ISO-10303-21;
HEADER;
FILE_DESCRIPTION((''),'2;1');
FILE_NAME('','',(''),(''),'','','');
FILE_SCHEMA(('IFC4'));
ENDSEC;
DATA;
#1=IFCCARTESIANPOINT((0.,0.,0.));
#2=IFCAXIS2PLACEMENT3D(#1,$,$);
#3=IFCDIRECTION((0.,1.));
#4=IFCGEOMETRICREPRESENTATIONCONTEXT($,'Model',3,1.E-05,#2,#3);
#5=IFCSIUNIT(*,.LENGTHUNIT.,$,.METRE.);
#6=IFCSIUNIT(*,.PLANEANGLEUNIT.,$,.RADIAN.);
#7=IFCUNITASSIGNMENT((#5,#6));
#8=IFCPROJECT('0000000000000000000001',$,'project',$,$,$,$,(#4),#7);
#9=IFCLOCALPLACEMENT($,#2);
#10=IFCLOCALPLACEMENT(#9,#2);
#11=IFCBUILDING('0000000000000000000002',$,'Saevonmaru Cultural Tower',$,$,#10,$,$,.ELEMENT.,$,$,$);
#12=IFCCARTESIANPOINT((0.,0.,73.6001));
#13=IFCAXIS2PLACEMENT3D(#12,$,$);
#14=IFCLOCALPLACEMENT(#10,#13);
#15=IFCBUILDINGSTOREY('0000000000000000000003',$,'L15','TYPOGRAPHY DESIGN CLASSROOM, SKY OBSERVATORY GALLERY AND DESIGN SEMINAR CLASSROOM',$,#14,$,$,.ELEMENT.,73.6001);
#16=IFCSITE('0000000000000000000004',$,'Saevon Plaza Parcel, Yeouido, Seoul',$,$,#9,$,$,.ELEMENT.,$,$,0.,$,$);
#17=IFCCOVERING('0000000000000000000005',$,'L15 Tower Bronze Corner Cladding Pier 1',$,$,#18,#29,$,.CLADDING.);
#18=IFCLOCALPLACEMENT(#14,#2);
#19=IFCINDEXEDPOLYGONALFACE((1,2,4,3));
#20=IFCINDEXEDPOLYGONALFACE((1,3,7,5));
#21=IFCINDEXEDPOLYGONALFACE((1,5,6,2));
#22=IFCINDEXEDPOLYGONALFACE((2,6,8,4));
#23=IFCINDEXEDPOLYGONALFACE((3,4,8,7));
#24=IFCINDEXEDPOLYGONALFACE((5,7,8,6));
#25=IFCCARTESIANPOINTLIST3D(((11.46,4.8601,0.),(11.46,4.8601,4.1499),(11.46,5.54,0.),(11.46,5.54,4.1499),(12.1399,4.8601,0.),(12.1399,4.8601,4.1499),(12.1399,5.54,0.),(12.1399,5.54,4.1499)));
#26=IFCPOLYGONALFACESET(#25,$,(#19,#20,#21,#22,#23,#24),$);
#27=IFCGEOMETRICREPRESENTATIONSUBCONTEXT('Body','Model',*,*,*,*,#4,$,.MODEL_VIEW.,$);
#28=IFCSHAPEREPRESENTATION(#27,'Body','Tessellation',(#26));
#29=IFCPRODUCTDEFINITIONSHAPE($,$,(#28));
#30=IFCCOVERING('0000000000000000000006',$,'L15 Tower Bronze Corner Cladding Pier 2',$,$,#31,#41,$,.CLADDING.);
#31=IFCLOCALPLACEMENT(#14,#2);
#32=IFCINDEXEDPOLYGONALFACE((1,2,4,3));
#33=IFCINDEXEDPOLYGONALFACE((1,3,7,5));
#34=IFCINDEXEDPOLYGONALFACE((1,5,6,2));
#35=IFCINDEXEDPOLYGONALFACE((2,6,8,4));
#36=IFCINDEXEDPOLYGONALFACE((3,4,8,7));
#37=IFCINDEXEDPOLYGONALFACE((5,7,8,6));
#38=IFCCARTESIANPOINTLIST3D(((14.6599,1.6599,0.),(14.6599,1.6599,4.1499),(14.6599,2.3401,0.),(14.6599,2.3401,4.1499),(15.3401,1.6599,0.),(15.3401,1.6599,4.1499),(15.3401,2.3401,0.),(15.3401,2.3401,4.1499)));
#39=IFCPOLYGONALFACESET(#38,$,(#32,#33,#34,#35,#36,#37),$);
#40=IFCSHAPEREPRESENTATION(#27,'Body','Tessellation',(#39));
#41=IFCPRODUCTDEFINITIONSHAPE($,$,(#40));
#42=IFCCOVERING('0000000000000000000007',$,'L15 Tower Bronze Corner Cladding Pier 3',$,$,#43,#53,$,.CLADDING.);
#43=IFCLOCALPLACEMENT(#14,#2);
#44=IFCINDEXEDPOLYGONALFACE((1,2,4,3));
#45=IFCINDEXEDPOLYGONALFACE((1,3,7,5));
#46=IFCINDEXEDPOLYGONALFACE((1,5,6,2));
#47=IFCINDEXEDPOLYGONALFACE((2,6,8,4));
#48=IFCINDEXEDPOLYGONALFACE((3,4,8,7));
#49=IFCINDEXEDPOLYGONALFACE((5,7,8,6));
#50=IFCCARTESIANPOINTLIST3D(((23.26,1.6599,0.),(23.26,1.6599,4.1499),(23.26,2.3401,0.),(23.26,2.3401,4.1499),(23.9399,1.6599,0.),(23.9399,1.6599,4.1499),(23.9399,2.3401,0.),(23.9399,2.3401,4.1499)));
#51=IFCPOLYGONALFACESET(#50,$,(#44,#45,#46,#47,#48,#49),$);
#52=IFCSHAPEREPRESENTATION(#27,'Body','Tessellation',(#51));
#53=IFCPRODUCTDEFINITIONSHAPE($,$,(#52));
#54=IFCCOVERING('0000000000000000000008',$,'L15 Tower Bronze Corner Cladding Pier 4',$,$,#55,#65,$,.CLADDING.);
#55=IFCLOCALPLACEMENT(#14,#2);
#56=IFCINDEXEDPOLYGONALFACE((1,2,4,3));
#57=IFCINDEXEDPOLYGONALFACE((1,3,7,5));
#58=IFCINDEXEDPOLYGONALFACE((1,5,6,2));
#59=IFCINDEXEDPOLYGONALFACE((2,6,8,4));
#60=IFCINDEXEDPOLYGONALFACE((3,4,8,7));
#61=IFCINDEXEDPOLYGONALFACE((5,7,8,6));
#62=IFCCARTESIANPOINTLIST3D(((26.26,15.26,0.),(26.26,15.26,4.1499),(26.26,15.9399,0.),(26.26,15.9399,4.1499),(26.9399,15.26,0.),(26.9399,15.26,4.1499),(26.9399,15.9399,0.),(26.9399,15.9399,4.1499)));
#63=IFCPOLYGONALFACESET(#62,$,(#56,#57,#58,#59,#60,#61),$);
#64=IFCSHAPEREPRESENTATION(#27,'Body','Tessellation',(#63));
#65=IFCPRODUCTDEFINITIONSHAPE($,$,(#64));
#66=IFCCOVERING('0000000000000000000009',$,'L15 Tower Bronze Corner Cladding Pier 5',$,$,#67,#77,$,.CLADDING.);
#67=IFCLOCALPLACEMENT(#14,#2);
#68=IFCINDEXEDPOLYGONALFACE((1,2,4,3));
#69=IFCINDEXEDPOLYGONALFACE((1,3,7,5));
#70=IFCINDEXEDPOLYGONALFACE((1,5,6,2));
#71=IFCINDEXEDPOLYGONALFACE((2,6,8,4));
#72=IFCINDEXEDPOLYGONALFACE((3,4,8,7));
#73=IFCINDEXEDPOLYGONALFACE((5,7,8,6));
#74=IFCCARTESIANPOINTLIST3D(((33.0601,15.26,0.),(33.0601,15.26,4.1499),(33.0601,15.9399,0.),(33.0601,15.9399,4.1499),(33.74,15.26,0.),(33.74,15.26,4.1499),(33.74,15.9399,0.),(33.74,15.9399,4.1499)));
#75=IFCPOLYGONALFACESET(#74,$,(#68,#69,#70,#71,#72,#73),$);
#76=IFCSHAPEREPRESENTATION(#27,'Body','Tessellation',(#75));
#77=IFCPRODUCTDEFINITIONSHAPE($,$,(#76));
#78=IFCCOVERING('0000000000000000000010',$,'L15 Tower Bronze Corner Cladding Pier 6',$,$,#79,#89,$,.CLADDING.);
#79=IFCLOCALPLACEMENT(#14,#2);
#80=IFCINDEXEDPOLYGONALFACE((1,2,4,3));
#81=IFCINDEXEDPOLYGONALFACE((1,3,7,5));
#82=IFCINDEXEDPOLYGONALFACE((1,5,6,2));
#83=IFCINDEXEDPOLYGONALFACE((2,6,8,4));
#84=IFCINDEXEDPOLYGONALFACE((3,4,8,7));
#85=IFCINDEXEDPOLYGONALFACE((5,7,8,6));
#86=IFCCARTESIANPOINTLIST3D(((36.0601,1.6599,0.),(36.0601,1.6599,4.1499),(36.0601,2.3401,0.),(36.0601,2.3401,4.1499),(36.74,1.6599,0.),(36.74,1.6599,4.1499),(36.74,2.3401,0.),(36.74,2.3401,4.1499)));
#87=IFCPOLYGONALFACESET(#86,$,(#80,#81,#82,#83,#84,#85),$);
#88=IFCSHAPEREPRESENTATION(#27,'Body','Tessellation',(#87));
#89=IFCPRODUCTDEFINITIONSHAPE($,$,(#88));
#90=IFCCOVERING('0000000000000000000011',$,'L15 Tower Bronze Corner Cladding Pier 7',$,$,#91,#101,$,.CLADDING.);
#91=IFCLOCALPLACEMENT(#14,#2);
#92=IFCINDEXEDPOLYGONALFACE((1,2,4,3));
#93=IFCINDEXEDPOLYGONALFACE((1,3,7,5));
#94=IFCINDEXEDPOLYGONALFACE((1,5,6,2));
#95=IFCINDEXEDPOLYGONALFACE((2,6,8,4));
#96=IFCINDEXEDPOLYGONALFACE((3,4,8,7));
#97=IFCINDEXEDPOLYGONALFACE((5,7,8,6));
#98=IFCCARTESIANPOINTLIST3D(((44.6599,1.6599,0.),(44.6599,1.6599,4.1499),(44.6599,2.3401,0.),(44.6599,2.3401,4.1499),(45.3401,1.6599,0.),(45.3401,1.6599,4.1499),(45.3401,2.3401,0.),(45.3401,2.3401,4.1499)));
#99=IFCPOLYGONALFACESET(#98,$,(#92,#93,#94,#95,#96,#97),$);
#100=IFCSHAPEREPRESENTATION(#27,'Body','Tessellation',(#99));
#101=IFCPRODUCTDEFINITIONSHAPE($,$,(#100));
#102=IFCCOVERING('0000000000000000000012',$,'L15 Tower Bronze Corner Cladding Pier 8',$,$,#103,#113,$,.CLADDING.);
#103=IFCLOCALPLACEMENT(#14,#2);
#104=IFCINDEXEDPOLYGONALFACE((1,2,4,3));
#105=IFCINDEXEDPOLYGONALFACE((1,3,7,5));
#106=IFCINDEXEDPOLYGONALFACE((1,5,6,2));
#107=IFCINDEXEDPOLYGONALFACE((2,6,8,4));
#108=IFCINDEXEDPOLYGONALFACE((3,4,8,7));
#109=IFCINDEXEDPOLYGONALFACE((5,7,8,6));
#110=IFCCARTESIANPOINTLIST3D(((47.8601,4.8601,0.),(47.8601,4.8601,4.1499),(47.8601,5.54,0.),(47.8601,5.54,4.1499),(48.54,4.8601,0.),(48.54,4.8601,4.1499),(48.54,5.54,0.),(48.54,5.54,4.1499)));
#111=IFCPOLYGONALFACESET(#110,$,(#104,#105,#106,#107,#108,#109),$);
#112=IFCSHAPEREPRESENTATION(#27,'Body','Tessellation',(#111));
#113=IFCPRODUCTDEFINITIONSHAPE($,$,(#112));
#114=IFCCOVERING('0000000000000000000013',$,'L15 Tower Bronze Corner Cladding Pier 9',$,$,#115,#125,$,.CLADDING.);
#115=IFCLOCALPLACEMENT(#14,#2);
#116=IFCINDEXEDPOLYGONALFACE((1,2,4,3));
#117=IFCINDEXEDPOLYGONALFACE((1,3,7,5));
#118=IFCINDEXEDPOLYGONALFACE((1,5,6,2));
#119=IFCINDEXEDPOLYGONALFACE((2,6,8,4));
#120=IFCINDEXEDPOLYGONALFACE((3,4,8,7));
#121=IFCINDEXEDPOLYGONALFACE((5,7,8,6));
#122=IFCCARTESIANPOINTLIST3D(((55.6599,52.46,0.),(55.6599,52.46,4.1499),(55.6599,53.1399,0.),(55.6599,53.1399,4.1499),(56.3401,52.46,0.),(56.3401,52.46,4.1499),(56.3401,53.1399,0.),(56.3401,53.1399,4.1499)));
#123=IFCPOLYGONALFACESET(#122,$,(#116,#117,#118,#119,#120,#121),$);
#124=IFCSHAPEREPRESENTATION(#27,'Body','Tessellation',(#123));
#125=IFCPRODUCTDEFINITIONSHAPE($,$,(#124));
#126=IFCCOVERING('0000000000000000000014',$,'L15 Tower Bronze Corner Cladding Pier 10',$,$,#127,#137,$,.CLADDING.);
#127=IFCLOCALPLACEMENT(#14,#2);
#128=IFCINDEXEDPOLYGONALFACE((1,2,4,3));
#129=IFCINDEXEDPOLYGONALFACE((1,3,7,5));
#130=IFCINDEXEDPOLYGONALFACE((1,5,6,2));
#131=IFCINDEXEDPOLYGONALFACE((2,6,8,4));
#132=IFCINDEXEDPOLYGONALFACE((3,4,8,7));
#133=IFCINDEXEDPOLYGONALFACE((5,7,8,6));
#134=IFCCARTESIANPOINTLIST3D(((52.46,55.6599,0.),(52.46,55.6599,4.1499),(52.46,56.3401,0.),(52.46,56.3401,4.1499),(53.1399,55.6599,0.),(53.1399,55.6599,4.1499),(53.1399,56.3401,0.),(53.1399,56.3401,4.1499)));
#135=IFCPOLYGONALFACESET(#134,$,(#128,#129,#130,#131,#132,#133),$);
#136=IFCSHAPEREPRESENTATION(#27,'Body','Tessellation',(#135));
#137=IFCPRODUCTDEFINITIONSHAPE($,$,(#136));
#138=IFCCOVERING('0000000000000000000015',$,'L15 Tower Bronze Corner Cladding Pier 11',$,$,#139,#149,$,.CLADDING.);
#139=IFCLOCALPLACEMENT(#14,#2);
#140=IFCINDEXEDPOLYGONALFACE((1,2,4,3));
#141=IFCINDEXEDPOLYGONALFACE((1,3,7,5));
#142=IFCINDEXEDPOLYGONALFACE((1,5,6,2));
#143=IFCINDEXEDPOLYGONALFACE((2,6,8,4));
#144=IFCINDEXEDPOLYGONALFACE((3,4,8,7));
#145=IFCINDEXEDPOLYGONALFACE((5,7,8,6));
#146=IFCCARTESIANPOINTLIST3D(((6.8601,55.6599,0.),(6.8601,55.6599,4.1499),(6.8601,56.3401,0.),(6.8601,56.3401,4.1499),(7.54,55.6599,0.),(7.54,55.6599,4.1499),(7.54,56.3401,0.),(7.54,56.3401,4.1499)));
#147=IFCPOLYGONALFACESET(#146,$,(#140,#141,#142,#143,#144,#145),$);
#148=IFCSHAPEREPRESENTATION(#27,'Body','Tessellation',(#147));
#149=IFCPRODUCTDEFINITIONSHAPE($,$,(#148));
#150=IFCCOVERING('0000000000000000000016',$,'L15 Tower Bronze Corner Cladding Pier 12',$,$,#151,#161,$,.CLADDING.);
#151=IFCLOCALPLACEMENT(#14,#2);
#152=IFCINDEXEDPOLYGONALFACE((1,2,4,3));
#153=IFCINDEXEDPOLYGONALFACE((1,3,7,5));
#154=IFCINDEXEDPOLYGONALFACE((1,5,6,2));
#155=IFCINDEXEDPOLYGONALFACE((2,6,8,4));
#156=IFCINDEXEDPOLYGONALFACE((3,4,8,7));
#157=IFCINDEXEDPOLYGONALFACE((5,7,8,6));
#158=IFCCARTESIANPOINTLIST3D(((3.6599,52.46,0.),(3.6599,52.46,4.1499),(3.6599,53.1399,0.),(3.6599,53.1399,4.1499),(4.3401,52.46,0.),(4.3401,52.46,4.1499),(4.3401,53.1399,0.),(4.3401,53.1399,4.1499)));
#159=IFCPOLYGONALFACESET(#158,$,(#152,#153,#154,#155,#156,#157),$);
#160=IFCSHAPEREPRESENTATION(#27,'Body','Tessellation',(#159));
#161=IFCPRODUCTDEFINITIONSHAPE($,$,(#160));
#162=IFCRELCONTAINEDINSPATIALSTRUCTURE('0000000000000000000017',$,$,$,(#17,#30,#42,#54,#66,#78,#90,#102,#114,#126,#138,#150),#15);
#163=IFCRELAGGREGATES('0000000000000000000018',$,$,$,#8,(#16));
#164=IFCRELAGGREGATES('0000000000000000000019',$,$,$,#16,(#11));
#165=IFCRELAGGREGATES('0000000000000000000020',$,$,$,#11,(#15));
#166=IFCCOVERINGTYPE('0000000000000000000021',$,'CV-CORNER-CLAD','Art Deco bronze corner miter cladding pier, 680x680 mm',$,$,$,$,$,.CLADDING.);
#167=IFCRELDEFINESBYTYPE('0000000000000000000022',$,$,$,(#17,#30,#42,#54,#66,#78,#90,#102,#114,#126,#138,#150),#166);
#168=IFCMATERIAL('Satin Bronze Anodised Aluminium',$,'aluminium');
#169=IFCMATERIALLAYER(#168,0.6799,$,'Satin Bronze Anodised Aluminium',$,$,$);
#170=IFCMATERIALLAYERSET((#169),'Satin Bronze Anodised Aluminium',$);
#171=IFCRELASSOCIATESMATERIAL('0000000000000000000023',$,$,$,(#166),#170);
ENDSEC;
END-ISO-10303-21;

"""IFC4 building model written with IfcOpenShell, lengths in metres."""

from ifc_helpers import new_model, si_unit, direction, frame, origin, place, context, subcontext, project, spatial, polyline, outline, extrude, material, layer, layer_set, type_object, element, save


model = new_model("IFC4")

# Units and contexts
model_context = context("Model", 3, precision=1e-05, world=origin(), true_north=direction((0.0, 1.0)))
body_context = subcontext(model_context, "Body", "Model", "MODEL_VIEW")
ifc_project = project(units=[si_unit("LENGTHUNIT", "METRE"), si_unit("PLANEANGLEUNIT", "RADIAN")], contexts=[model_context])

# Site, building, storey
site_placement = place(None, origin())
site = spatial("IfcSite", under=ifc_project, at=site_placement, Name="Saevon Plaza Parcel, Yeouido, Seoul", CompositionType="ELEMENT", RefElevation=0.0)
building_placement = place(site_placement, origin())
building = spatial("IfcBuilding", under=site, at=building_placement, Name="Saevonmaru Cultural Tower", CompositionType="ELEMENT")
storey_placement = place(building_placement, frame((0.0, 0.0, 73.6001)))
storey = spatial("IfcBuildingStorey", under=building, at=storey_placement, Name="L15", Description="TYPOGRAPHY DESIGN CLASSROOM, SKY OBSERVATORY GALLERY AND DESIGN SEMINAR CLASSROOM", CompositionType="ELEMENT", Elevation=73.6001)

# Shared definitions
ifc_material_1 = material(Name="Satin Bronze Anodised Aluminium", Category="aluminium")

# Coverings
ifc_layer_1 = layer(ifc_material_1, 0.6799, Name="Satin Bronze Anodised Aluminium")
ifc_layer_set_1 = layer_set([ifc_layer_1], Name="Satin Bronze Anodised Aluminium")
covering_type_1 = type_object("IfcCoveringType", Name="CV-CORNER-CLAD", Description="Art Deco bronze corner miter cladding pier, 680x680 mm", PredefinedType="CLADDING", material=ifc_layer_set_1)
covering_1_placement = place(storey_placement, origin())
element("IfcCovering", 1, at=covering_1_placement, inside=storey, type_object=covering_type_1, Name="L15 Tower Bronze Corner Cladding Pier 1", PredefinedType="CLADDING", context=body_context, shape_type="SweptSolid", body=[
    extrude(outline(polyline([(11.46, 4.8601), (12.1399, 4.8601), (12.1399, 5.54), (11.46, 5.54), (11.46, 4.8601)])), origin(), (0.0, 0.0, 1.0), 4.1499),
])
covering_2_placement = place(storey_placement, origin())
element("IfcCovering", 2, at=covering_2_placement, inside=storey, type_object=covering_type_1, Name="L15 Tower Bronze Corner Cladding Pier 2", PredefinedType="CLADDING", context=body_context, shape_type="SweptSolid", body=[
    extrude(outline(polyline([(14.6599, 1.6599), (15.3401, 1.6599), (15.3401, 2.3401), (14.6599, 2.3401), (14.6599, 1.6599)])), origin(), (0.0, 0.0, 1.0), 4.1499),
])
covering_3_placement = place(storey_placement, origin())
element("IfcCovering", 3, at=covering_3_placement, inside=storey, type_object=covering_type_1, Name="L15 Tower Bronze Corner Cladding Pier 3", PredefinedType="CLADDING", context=body_context, shape_type="SweptSolid", body=[
    extrude(outline(polyline([(23.26, 1.6599), (23.9399, 1.6599), (23.9399, 2.3401), (23.26, 2.3401), (23.26, 1.6599)])), origin(), (0.0, 0.0, 1.0), 4.1499),
])
covering_4_placement = place(storey_placement, origin())
element("IfcCovering", 4, at=covering_4_placement, inside=storey, type_object=covering_type_1, Name="L15 Tower Bronze Corner Cladding Pier 4", PredefinedType="CLADDING", context=body_context, shape_type="SweptSolid", body=[
    extrude(outline(polyline([(26.26, 15.26), (26.9399, 15.26), (26.9399, 15.9399), (26.26, 15.9399), (26.26, 15.26)])), origin(), (0.0, 0.0, 1.0), 4.1499),
])
covering_5_placement = place(storey_placement, origin())
element("IfcCovering", 5, at=covering_5_placement, inside=storey, type_object=covering_type_1, Name="L15 Tower Bronze Corner Cladding Pier 5", PredefinedType="CLADDING", context=body_context, shape_type="SweptSolid", body=[
    extrude(outline(polyline([(33.0601, 15.26), (33.74, 15.26), (33.74, 15.9399), (33.0601, 15.9399), (33.0601, 15.26)])), origin(), (0.0, 0.0, 1.0), 4.1499),
])
covering_6_placement = place(storey_placement, origin())
element("IfcCovering", 6, at=covering_6_placement, inside=storey, type_object=covering_type_1, Name="L15 Tower Bronze Corner Cladding Pier 6", PredefinedType="CLADDING", context=body_context, shape_type="SweptSolid", body=[
    extrude(outline(polyline([(36.0601, 1.6599), (36.74, 1.6599), (36.74, 2.3401), (36.0601, 2.3401), (36.0601, 1.6599)])), origin(), (0.0, 0.0, 1.0), 4.1499),
])
covering_7_placement = place(storey_placement, origin())
element("IfcCovering", 7, at=covering_7_placement, inside=storey, type_object=covering_type_1, Name="L15 Tower Bronze Corner Cladding Pier 7", PredefinedType="CLADDING", context=body_context, shape_type="SweptSolid", body=[
    extrude(outline(polyline([(44.6599, 1.6599), (45.3401, 1.6599), (45.3401, 2.3401), (44.6599, 2.3401), (44.6599, 1.6599)])), origin(), (0.0, 0.0, 1.0), 4.1499),
])
covering_8_placement = place(storey_placement, origin())
element("IfcCovering", 8, at=covering_8_placement, inside=storey, type_object=covering_type_1, Name="L15 Tower Bronze Corner Cladding Pier 8", PredefinedType="CLADDING", context=body_context, shape_type="SweptSolid", body=[
    extrude(outline(polyline([(47.8601, 4.8601), (48.54, 4.8601), (48.54, 5.54), (47.8601, 5.54), (47.8601, 4.8601)])), origin(), (0.0, 0.0, 1.0), 4.1499),
])
covering_9_placement = place(storey_placement, origin())
element("IfcCovering", 9, at=covering_9_placement, inside=storey, type_object=covering_type_1, Name="L15 Tower Bronze Corner Cladding Pier 9", PredefinedType="CLADDING", context=body_context, shape_type="SweptSolid", body=[
    extrude(outline(polyline([(55.6599, 52.46), (56.3401, 52.46), (56.3401, 53.1399), (55.6599, 53.1399), (55.6599, 52.46)])), origin(), (0.0, 0.0, 1.0), 4.1499),
])
covering_10_placement = place(storey_placement, origin())
element("IfcCovering", 10, at=covering_10_placement, inside=storey, type_object=covering_type_1, Name="L15 Tower Bronze Corner Cladding Pier 10", PredefinedType="CLADDING", context=body_context, shape_type="SweptSolid", body=[
    extrude(outline(polyline([(52.46, 55.6599), (53.1399, 55.6599), (53.1399, 56.3401), (52.46, 56.3401), (52.46, 55.6599)])), origin(), (0.0, 0.0, 1.0), 4.1499),
])
covering_11_placement = place(storey_placement, origin())
element("IfcCovering", 11, at=covering_11_placement, inside=storey, type_object=covering_type_1, Name="L15 Tower Bronze Corner Cladding Pier 11", PredefinedType="CLADDING", context=body_context, shape_type="SweptSolid", body=[
    extrude(outline(polyline([(6.8601, 55.6599), (7.54, 55.6599), (7.54, 56.3401), (6.8601, 56.3401), (6.8601, 55.6599)])), origin(), (0.0, 0.0, 1.0), 4.1499),
])
covering_12_placement = place(storey_placement, origin())
element("IfcCovering", 12, at=covering_12_placement, inside=storey, type_object=covering_type_1, Name="L15 Tower Bronze Corner Cladding Pier 12", PredefinedType="CLADDING", context=body_context, shape_type="SweptSolid", body=[
    extrude(outline(polyline([(3.6599, 52.46), (4.3401, 52.46), (4.3401, 53.1399), (3.6599, 53.1399), (3.6599, 52.46)])), origin(), (0.0, 0.0, 1.0), 4.1499),
])

save(model, "model.ifc")
